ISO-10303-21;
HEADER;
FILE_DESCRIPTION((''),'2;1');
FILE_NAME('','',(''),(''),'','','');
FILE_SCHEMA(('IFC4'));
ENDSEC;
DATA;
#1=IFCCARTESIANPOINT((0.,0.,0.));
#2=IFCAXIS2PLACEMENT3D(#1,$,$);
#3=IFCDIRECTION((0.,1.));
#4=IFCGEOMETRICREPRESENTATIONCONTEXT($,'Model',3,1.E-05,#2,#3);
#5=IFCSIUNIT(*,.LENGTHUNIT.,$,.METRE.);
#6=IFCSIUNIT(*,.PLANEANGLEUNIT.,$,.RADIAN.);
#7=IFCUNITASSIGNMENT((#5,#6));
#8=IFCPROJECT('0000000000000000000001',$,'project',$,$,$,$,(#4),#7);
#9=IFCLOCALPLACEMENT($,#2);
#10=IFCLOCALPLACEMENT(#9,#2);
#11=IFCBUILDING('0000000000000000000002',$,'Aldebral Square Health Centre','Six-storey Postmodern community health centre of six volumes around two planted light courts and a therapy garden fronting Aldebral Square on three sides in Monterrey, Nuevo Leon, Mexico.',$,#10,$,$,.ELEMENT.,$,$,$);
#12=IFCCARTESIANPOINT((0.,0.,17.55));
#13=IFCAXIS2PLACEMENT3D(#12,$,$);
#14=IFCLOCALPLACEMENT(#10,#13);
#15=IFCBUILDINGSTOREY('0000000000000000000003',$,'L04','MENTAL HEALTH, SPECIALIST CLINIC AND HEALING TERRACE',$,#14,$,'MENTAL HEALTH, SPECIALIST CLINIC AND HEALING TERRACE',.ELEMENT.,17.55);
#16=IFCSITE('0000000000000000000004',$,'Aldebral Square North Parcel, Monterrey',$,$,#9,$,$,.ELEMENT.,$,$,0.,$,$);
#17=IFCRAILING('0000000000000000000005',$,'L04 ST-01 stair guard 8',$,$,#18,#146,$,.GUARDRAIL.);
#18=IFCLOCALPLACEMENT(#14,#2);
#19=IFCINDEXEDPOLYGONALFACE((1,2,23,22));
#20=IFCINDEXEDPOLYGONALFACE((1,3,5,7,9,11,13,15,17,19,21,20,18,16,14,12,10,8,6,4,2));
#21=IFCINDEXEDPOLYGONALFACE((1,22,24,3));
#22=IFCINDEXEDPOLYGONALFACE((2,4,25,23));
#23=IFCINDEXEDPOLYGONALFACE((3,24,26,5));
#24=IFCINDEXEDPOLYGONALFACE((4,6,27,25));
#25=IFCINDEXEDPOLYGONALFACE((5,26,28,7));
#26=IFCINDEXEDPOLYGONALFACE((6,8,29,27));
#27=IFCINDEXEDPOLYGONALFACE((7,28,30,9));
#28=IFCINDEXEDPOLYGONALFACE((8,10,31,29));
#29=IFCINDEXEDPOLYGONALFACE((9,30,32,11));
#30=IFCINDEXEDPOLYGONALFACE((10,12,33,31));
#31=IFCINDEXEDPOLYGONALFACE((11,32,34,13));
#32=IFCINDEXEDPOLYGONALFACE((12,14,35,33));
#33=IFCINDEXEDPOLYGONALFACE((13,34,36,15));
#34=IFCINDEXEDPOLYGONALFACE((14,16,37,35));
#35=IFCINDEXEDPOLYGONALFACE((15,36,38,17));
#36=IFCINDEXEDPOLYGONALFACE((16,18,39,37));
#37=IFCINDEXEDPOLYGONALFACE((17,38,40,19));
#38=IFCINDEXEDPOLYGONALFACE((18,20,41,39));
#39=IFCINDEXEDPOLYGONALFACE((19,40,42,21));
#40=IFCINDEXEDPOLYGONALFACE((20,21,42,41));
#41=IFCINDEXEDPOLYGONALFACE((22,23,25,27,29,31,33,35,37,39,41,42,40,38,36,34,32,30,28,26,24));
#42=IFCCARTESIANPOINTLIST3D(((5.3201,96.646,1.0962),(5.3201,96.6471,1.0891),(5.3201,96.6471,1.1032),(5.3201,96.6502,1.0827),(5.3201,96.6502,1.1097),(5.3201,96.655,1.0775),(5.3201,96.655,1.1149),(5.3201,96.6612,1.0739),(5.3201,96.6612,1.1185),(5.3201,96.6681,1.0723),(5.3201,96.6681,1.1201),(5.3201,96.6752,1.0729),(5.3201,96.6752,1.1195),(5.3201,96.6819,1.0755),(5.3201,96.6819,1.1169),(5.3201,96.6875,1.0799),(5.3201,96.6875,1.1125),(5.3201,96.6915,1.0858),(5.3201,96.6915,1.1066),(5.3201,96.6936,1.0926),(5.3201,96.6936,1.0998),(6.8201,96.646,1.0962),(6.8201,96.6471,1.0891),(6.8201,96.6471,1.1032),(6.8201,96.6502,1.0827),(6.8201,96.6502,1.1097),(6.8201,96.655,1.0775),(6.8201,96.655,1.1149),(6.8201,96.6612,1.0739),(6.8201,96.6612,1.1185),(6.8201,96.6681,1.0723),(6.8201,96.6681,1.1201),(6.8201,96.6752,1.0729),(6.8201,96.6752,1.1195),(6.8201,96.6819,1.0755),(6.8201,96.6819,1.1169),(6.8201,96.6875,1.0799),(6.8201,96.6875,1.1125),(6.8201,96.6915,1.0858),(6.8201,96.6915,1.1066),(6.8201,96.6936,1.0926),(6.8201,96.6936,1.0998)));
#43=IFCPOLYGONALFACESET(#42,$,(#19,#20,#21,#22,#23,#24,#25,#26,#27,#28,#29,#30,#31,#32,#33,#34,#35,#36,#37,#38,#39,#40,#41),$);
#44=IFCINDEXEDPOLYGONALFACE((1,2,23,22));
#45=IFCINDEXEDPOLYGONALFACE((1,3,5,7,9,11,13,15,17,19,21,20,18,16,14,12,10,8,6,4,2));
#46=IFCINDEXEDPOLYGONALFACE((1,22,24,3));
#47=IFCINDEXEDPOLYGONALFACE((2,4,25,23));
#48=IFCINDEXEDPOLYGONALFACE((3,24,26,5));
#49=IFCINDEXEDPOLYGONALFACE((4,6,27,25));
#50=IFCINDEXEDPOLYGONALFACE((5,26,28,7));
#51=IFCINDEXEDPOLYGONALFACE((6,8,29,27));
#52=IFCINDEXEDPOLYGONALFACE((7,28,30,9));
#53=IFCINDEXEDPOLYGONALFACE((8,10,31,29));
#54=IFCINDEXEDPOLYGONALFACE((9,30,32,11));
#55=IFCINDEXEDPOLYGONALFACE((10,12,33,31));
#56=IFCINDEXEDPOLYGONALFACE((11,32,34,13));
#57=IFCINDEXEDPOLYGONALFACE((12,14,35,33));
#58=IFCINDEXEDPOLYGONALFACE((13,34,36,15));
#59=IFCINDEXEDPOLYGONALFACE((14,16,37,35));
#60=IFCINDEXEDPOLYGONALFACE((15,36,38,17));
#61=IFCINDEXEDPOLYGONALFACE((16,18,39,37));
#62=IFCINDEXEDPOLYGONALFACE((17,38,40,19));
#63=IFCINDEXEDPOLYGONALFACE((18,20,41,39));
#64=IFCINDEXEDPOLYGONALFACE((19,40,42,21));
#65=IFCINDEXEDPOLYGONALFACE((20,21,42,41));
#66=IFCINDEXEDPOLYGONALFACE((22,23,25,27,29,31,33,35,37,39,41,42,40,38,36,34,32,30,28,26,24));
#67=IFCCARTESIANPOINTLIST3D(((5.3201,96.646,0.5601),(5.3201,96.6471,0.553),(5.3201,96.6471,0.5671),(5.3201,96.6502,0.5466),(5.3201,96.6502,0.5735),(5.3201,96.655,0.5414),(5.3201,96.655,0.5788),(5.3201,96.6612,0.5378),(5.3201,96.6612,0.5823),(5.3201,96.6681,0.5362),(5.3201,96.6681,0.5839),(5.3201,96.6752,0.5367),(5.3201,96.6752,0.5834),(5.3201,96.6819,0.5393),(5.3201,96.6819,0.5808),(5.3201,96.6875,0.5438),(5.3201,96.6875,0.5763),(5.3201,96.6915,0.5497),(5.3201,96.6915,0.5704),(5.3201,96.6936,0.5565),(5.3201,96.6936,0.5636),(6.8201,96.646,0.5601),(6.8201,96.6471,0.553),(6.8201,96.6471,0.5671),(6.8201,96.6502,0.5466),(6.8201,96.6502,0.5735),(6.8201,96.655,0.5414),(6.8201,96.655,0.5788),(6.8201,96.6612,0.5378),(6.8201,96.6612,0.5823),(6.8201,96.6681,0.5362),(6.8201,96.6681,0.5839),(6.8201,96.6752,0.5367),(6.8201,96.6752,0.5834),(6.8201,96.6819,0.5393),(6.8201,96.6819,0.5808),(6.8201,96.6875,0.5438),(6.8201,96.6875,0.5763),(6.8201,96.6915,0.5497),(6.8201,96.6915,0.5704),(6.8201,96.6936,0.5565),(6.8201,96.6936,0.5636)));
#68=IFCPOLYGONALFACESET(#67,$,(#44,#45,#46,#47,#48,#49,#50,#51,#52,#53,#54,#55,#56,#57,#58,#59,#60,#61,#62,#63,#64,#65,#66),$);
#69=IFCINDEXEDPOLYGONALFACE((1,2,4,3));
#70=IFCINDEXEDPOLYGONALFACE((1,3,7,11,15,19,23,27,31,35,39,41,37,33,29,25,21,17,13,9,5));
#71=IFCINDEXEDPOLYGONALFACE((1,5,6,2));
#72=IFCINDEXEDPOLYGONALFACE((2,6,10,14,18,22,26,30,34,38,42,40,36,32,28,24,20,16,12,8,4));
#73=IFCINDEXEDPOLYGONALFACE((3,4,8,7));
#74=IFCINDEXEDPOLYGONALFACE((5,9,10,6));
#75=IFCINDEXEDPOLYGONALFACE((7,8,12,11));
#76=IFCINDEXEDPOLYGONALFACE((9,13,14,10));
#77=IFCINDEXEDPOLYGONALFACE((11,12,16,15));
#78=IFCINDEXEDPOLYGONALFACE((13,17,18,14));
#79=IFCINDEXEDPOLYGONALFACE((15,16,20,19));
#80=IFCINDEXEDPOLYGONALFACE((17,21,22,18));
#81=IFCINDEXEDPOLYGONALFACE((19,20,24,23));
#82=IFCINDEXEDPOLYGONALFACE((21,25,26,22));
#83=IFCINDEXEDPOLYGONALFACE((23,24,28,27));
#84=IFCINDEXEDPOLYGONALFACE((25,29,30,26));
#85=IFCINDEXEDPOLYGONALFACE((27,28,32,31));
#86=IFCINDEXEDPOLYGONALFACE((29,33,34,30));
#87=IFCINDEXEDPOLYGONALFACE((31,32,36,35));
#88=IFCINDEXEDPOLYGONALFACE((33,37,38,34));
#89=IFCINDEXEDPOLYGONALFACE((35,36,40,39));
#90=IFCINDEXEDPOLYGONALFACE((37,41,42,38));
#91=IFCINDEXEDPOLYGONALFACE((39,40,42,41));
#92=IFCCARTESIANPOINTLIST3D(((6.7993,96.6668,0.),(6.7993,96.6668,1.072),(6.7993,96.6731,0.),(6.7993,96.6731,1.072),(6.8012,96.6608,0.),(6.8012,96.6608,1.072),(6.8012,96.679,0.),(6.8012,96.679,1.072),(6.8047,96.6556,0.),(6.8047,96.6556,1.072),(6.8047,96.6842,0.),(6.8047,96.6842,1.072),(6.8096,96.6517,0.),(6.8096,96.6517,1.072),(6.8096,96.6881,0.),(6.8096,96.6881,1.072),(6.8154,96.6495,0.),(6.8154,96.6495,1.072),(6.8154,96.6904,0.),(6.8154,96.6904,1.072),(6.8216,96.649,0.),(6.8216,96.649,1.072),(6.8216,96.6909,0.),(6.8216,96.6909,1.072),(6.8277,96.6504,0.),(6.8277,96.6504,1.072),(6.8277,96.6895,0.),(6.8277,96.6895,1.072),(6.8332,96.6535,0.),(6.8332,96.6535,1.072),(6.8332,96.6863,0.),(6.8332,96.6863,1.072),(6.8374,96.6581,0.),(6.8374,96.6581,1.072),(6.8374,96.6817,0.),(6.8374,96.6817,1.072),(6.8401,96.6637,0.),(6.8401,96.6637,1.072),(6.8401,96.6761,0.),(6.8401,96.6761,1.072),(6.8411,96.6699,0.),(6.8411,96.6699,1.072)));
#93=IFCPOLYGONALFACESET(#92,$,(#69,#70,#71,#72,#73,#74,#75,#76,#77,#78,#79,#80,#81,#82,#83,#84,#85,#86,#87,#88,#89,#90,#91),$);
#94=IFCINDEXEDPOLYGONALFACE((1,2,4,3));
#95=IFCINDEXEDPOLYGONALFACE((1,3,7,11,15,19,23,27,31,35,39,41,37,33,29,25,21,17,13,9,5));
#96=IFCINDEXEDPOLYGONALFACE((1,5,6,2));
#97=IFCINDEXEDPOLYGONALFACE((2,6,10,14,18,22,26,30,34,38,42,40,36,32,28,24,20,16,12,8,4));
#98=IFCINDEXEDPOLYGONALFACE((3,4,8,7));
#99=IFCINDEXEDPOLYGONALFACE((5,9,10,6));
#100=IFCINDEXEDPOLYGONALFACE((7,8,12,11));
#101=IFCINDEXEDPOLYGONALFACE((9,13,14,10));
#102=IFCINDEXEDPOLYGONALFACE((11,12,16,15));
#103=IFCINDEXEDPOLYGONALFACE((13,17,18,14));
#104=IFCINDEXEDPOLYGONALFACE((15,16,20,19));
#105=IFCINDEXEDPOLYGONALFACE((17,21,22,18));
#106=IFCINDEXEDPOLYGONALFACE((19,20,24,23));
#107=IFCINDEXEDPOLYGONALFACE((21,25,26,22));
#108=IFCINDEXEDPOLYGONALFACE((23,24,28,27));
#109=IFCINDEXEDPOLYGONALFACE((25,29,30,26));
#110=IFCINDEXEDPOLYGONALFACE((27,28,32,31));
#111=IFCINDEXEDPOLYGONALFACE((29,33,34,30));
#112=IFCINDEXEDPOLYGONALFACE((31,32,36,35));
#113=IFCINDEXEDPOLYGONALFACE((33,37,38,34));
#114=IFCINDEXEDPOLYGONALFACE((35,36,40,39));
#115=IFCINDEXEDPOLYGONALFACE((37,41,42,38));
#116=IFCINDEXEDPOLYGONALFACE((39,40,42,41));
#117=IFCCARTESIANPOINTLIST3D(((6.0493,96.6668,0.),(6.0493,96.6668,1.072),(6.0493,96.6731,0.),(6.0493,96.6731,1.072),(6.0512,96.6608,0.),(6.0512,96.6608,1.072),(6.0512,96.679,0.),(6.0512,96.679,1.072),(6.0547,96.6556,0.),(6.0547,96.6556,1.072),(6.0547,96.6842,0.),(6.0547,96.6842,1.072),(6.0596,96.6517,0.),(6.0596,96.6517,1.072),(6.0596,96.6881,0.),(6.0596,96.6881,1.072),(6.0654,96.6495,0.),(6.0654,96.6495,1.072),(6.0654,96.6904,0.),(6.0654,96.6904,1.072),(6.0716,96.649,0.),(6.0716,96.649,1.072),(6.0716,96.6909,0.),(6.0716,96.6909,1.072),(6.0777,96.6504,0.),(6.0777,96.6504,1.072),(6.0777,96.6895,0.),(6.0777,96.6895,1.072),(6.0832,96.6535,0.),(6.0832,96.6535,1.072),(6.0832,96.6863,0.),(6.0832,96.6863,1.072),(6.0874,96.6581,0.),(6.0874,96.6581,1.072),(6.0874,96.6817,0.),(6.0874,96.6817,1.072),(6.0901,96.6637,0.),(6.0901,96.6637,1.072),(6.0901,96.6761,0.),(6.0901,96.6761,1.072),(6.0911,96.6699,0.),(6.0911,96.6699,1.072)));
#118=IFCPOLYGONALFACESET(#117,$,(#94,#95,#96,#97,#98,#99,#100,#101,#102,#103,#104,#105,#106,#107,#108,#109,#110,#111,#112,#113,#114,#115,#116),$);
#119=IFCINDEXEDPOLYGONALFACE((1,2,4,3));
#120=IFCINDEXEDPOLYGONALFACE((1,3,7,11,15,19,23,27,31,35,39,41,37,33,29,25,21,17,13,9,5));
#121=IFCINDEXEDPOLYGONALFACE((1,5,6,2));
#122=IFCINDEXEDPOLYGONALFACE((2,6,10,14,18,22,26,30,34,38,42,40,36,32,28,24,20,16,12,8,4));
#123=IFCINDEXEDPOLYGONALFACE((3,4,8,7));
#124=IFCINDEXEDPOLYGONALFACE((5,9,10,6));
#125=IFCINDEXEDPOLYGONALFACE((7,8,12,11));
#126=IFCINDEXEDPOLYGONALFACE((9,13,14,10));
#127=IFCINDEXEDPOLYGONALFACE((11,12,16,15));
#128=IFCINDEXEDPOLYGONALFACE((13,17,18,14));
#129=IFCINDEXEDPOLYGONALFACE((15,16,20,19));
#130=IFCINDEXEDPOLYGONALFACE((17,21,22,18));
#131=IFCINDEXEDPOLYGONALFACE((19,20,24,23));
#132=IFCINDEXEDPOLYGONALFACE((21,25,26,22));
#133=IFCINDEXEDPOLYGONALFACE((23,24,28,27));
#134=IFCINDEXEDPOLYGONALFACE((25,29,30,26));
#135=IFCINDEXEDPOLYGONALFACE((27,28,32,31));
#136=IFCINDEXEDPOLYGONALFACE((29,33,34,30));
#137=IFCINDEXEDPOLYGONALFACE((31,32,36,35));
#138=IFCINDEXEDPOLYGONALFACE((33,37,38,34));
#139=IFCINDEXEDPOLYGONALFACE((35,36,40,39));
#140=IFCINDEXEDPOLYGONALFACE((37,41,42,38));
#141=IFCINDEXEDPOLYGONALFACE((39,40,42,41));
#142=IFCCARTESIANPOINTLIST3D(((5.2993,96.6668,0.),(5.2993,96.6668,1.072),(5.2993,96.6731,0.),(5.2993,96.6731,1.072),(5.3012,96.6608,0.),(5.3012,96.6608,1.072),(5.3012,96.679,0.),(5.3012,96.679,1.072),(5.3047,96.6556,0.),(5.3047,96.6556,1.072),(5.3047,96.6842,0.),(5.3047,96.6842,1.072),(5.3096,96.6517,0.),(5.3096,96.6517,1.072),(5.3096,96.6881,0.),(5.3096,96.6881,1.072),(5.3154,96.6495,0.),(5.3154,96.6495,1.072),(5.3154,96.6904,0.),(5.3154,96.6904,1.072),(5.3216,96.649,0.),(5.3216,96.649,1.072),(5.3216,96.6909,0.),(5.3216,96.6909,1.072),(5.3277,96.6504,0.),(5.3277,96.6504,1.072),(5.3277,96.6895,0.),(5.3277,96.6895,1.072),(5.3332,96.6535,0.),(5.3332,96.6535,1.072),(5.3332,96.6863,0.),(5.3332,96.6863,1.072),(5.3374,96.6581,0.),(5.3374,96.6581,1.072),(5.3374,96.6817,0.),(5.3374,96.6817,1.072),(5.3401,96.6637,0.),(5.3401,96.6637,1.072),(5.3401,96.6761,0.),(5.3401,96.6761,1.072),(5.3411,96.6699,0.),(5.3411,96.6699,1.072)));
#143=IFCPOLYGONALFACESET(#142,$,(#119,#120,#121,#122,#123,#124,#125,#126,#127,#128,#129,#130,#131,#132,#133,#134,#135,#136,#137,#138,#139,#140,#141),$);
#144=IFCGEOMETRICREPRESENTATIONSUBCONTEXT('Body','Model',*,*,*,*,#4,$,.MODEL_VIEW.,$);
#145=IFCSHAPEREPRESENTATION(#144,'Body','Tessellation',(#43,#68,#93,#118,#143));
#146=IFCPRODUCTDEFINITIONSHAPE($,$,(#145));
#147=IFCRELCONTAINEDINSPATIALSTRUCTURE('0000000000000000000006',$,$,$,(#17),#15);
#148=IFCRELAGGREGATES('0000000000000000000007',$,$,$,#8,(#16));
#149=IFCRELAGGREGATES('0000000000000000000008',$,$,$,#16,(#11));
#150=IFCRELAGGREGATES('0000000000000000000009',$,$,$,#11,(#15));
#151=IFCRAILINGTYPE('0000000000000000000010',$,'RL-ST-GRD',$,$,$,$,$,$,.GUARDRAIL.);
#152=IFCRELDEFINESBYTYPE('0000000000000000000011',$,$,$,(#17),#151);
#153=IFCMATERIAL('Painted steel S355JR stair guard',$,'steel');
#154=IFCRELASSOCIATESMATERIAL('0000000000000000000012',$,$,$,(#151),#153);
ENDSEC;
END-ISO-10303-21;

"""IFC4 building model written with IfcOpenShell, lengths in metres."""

from ifc_helpers import new_model, si_unit, direction, frame, origin, origin_2d, place, context, subcontext, project, spatial, circle, extrude, material, type_object, element, save


model = new_model("IFC4")

# Units and contexts
model_context = context("Model", 3, precision=1e-05, world=origin(), true_north=direction((0.0, 1.0)))
body_context = subcontext(model_context, "Body", "Model", "MODEL_VIEW")
ifc_project = project(units=[si_unit("LENGTHUNIT", "METRE"), si_unit("PLANEANGLEUNIT", "RADIAN")], contexts=[model_context])

# Site, building, storey
site_placement = place(None, origin())
site = spatial("IfcSite", under=ifc_project, at=site_placement, Name="Aldebral Square North Parcel, Monterrey", CompositionType="ELEMENT", RefElevation=0.0)
building_placement = place(site_placement, origin())
building = spatial("IfcBuilding", under=site, at=building_placement, Name="Aldebral Square Health Centre", Description="Six-storey Postmodern community health centre of six volumes around two planted light courts and a therapy garden fronting Aldebral Square on three sides in Monterrey, Nuevo Leon, Mexico.", CompositionType="ELEMENT")
storey_placement = place(building_placement, frame((0.0, 0.0, 17.55)))
storey = spatial("IfcBuildingStorey", under=building, at=storey_placement, Name="L04", Description="MENTAL HEALTH, SPECIALIST CLINIC AND HEALING TERRACE", LongName="MENTAL HEALTH, SPECIALIST CLINIC AND HEALING TERRACE", CompositionType="ELEMENT", Elevation=17.55)

# Railing
ifc_material_1 = material(Name="Painted steel S355JR stair guard", Category="steel")
railing_type_1 = type_object("IfcRailingType", Name="RL-ST-GRD", PredefinedType="GUARDRAIL", material=ifc_material_1)
for number, where, name in (
    (1, (6.8201, 96.6699, 0.0), "L04 ST-01 stair guard 8"),
):
    element("IfcRailing", number, at=place(storey_placement, frame(where)), inside=storey, type_object=railing_type_1, Name=name, PredefinedType="GUARDRAIL", context=body_context, shape_type="SweptSolid", body=[
        extrude(circle(Radius=0.0239, at=origin_2d()), frame((0.0, 0.0, 1.0962), z_axis=(-1.0, 0.0, 0.0), x_axis=(0.0, -1.0, 0.0)), (0.0, 0.0, 1.0), 1.5),
        extrude(circle(Radius=0.0239, at=origin_2d()), frame((0.0, 0.0, 0.5601), z_axis=(-1.0, 0.0, 0.0), x_axis=(0.0, -1.0, 0.0)), (0.0, 0.0, 1.0), 1.5),
        extrude(circle(Radius=0.021, at=origin_2d()), origin(), (0.0, 0.0, 1.0), 1.072),
        extrude(circle(Radius=0.021, at=origin_2d()), frame((-0.75, 0.0, 0.0)), (0.0, 0.0, 1.0), 1.072),
        extrude(circle(Radius=0.021, at=origin_2d()), frame((-1.5, 0.0, 0.0)), (0.0, 0.0, 1.0), 1.072),
    ])

save(model, "model.ifc")
